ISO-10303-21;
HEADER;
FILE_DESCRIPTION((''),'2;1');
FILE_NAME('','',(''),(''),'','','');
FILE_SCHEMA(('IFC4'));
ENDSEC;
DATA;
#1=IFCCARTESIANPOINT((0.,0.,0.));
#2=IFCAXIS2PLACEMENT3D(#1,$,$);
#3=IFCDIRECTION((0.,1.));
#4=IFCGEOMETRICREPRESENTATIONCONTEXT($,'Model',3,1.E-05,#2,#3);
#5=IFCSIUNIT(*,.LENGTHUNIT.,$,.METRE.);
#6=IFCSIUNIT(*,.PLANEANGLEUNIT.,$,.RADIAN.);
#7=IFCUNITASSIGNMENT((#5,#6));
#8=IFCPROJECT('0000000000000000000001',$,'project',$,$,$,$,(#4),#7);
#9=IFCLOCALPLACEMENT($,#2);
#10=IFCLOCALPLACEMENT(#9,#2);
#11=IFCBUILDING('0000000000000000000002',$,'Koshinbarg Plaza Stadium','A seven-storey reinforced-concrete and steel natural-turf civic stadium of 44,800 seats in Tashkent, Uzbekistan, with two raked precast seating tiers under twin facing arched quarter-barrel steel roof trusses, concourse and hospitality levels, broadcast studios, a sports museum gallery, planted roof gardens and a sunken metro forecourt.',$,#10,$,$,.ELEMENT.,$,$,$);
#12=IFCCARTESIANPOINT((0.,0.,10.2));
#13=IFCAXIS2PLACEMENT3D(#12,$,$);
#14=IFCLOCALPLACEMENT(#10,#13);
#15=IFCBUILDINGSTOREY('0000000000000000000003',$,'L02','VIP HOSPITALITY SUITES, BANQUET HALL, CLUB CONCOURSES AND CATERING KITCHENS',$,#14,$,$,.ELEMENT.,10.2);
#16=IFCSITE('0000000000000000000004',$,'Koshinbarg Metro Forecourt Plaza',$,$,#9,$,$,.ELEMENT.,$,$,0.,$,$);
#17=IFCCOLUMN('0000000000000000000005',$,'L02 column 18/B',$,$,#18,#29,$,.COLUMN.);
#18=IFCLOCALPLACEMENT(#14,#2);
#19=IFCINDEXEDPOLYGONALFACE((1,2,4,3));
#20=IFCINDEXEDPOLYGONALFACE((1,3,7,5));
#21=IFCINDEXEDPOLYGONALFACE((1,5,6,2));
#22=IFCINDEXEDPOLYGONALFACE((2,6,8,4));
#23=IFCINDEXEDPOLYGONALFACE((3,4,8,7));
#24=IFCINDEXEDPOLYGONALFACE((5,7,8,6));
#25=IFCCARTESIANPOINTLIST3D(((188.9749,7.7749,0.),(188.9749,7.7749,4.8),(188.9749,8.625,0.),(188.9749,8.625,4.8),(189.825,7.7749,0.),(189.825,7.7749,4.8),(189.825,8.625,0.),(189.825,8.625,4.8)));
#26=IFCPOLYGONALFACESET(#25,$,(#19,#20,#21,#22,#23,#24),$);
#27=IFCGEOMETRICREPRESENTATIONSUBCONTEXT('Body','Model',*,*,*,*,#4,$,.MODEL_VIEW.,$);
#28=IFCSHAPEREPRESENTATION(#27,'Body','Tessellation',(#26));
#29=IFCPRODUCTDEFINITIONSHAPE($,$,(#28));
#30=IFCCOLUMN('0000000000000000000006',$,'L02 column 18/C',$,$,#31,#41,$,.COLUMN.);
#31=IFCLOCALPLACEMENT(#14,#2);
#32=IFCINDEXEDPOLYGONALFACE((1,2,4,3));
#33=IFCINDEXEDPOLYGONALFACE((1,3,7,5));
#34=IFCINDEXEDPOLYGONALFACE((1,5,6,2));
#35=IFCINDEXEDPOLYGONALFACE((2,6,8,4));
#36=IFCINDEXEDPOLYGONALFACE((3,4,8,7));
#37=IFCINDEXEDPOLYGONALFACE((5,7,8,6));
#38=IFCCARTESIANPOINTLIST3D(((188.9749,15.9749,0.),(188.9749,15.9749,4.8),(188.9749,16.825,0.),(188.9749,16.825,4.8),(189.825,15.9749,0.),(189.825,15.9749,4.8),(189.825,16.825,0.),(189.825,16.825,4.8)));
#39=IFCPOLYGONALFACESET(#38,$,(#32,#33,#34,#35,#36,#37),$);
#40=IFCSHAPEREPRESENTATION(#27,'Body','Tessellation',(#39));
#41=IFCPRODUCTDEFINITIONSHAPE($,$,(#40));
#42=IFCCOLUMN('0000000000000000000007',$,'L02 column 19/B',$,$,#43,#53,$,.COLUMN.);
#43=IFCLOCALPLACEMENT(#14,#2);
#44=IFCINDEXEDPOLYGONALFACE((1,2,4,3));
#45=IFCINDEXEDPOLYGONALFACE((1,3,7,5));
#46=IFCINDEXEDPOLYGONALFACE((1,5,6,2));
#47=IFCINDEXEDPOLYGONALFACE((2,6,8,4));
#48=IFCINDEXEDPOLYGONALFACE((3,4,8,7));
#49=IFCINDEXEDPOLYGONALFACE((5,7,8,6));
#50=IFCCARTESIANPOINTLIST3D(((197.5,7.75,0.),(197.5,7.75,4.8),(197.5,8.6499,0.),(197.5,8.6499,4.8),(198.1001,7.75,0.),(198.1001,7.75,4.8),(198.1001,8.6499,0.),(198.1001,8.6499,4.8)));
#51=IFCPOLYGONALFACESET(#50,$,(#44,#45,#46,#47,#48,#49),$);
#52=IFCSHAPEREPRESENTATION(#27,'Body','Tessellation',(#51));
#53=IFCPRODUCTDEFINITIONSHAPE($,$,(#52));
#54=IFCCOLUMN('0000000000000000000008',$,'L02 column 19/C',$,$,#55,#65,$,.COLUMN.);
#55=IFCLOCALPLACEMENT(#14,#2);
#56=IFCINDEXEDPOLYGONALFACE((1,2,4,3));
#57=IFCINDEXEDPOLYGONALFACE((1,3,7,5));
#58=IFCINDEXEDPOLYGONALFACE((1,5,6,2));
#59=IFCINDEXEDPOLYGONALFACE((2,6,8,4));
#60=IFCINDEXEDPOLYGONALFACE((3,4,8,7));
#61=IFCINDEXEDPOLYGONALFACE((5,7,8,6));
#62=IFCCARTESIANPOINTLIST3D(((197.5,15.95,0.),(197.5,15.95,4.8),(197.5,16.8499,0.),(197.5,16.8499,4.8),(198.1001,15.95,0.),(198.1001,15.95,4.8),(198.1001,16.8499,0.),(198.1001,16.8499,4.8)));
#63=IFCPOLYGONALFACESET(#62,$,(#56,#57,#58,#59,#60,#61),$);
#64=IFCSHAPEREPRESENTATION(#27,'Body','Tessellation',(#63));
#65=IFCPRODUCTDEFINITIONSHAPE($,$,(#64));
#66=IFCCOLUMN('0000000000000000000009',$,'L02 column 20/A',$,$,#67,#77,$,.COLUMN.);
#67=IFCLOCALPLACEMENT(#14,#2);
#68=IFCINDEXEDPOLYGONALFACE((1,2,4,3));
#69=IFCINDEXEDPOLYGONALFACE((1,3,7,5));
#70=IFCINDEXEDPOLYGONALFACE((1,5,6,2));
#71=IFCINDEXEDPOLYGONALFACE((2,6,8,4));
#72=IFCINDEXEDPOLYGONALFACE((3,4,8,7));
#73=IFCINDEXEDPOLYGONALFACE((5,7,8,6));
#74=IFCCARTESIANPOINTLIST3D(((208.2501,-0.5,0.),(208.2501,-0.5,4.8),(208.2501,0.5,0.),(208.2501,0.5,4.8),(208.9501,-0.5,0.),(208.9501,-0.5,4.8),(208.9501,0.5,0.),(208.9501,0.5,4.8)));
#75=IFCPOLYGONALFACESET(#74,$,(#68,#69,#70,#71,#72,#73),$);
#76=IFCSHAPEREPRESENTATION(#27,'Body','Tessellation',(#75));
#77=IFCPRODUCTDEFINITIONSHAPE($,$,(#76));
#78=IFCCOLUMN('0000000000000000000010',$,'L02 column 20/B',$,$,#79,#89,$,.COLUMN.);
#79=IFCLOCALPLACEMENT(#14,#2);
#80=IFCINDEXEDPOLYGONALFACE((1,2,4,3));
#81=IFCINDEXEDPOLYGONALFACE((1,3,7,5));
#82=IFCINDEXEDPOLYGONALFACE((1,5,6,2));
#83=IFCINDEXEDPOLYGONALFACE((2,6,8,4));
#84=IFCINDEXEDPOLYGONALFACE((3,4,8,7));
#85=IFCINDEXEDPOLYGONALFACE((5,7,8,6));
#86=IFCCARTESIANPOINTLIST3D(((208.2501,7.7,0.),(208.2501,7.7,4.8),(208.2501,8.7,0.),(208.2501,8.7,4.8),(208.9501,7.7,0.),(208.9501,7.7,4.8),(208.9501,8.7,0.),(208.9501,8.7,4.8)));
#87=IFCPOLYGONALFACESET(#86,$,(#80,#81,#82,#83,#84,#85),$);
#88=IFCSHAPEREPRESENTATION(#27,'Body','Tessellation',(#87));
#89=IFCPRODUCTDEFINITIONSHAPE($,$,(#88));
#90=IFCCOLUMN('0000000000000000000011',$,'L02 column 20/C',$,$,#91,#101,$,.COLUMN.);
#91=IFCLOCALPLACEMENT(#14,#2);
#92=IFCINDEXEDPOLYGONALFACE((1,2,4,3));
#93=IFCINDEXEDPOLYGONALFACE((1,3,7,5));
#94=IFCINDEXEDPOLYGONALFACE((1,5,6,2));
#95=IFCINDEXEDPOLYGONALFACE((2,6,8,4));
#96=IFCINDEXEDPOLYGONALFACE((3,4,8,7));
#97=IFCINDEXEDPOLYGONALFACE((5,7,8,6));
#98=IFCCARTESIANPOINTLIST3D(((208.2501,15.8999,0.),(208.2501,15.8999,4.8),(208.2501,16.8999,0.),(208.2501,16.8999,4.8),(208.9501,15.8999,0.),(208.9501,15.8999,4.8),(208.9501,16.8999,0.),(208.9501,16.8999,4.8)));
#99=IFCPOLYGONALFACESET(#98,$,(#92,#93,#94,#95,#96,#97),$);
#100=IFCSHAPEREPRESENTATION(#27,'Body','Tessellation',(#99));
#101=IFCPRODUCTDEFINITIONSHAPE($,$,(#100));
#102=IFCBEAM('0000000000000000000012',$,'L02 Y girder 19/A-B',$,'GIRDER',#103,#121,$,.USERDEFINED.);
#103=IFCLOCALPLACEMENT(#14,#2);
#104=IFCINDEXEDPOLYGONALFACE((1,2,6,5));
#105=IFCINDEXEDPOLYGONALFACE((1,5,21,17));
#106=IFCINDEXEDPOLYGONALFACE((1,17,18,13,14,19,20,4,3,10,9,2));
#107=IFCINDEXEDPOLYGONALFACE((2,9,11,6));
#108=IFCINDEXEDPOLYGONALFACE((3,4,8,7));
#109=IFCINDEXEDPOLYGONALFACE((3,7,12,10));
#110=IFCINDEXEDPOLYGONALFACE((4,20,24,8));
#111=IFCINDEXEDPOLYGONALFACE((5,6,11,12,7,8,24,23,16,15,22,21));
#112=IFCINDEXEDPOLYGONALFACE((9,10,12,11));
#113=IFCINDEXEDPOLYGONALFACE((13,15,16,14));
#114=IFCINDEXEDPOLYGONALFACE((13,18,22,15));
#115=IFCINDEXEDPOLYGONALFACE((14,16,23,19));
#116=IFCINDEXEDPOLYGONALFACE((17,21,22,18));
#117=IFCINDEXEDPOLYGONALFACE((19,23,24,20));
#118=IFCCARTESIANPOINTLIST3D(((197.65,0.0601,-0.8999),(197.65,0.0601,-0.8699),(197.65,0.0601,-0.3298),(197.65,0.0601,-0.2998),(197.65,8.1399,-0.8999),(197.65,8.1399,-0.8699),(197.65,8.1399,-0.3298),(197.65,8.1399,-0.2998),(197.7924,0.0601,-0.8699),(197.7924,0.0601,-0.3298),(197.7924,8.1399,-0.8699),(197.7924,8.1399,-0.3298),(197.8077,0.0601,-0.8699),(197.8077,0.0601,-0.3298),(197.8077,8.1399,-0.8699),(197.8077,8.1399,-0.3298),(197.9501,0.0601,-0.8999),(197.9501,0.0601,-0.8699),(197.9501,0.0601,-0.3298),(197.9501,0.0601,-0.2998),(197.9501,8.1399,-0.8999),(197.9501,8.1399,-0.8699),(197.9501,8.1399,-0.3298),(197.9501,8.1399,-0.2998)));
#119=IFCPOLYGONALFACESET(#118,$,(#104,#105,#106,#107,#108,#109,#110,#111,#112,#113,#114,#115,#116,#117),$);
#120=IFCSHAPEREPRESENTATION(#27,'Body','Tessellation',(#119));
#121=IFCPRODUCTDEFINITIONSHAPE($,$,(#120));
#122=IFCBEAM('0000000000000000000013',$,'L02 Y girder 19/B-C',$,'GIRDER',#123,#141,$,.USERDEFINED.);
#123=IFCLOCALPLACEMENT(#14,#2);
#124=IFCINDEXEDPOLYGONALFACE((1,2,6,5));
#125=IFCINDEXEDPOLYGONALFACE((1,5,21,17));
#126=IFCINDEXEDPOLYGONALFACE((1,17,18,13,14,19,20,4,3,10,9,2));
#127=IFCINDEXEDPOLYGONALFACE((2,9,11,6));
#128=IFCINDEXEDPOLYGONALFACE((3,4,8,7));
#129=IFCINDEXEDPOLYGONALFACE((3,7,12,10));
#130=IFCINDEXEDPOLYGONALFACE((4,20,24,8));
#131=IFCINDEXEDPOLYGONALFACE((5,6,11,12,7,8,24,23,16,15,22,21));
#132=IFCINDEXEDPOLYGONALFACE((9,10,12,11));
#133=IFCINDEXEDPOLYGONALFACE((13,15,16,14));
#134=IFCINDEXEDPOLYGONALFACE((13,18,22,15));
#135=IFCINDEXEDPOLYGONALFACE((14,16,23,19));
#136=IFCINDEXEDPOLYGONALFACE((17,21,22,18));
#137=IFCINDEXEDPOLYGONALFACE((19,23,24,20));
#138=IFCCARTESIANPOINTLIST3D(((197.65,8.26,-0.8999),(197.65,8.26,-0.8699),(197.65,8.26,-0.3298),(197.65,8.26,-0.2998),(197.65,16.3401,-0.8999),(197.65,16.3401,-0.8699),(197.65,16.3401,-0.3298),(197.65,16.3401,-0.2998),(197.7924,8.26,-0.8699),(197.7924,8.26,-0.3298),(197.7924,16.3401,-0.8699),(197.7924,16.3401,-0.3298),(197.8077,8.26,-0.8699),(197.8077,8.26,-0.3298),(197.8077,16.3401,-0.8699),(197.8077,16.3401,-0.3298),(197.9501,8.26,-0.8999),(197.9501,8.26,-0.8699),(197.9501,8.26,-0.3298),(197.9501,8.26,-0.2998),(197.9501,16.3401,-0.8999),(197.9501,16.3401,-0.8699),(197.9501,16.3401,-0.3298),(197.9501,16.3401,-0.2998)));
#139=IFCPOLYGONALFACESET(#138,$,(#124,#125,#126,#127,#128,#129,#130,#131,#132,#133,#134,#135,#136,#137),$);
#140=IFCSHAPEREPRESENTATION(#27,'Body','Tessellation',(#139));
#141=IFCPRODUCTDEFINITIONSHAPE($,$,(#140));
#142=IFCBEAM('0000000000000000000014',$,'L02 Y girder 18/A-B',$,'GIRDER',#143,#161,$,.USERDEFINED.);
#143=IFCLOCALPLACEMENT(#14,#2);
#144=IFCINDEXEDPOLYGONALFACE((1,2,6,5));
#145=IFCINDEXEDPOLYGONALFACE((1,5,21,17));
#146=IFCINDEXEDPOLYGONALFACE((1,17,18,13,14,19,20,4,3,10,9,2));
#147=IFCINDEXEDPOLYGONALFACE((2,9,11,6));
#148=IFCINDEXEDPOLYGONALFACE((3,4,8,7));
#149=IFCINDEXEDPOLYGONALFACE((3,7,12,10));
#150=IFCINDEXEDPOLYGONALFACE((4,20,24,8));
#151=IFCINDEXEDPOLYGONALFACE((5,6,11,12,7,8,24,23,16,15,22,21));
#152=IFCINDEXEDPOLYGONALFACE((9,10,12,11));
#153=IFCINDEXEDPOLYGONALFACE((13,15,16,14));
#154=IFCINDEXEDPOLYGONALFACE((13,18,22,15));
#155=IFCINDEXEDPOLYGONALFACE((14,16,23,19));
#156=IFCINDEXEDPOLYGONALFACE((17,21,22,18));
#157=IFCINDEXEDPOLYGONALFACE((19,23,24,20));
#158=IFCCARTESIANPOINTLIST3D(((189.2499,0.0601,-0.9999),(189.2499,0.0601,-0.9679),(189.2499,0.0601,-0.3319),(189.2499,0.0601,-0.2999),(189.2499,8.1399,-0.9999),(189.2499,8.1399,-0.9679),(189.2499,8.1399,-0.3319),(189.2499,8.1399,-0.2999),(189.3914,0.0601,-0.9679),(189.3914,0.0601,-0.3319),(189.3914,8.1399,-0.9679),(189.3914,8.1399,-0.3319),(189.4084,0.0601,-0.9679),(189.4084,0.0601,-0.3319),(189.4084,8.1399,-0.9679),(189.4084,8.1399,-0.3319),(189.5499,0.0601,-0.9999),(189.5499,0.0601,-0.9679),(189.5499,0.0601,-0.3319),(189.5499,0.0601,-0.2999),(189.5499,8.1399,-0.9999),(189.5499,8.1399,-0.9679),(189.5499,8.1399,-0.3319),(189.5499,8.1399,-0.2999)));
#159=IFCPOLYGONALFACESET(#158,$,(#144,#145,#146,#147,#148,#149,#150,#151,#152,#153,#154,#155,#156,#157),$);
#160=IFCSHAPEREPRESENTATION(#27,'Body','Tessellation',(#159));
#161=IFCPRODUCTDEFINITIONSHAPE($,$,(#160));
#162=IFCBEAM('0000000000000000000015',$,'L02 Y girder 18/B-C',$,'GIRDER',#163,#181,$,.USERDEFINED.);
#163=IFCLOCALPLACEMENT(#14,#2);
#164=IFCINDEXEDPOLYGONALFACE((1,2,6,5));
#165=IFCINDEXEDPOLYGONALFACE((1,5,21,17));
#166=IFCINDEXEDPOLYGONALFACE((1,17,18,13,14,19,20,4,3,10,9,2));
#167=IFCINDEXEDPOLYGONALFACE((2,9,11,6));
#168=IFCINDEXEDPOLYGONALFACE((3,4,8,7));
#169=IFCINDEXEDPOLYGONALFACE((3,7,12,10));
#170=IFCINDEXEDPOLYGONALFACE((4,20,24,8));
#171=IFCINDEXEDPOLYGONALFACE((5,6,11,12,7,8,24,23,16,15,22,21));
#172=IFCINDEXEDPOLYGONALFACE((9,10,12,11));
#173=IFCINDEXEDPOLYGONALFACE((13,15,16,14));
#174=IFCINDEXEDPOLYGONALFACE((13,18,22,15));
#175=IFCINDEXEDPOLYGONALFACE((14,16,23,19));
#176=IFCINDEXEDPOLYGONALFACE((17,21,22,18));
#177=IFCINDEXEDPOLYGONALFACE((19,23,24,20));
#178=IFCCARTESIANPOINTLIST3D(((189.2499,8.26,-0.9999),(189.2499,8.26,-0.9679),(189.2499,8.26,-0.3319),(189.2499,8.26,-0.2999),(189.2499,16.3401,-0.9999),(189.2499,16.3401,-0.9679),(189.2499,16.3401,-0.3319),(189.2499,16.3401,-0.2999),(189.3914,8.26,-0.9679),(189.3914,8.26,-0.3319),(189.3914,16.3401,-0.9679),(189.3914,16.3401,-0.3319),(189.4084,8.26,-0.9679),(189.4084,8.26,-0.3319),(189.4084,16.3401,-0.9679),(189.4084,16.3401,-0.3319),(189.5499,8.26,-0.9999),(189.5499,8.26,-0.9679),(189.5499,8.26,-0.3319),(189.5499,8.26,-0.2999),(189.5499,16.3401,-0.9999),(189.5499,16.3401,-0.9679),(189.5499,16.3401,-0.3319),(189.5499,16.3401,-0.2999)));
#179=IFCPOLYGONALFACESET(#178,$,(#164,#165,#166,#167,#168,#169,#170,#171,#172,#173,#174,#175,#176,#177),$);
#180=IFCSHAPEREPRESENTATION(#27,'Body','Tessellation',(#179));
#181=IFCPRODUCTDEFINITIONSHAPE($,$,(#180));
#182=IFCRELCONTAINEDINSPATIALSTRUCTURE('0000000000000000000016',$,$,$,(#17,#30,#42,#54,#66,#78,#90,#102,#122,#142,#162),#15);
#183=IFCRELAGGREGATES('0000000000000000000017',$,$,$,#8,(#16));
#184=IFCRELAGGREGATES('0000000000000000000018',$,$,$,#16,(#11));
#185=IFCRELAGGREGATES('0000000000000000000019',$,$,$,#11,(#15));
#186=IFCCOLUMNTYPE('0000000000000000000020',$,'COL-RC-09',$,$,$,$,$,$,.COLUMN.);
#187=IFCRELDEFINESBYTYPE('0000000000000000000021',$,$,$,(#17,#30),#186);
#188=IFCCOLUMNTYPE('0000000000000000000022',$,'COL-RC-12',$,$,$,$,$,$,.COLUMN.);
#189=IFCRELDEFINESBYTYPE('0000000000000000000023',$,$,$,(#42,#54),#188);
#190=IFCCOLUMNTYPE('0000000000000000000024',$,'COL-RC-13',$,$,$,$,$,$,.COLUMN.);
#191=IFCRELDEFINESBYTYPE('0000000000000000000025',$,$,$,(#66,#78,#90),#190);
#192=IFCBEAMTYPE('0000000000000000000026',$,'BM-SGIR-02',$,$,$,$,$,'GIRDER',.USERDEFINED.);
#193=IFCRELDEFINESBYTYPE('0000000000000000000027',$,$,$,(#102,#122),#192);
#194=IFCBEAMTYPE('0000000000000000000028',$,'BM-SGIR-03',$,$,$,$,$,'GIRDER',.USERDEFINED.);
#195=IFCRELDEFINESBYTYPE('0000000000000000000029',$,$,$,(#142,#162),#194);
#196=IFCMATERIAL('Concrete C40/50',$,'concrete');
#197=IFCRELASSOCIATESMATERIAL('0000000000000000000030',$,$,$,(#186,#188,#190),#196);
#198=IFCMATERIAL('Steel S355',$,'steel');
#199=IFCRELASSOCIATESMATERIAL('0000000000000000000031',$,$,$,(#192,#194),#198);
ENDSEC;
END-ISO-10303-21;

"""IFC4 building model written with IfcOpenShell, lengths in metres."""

from ifc_helpers import new_model, si_unit, direction, frame, origin, origin_2d, place, context, subcontext, project, spatial, rectangle, i_section, extrude, material, material_profile, profile_set, type_object, element, save


model = new_model("IFC4")

# Units and contexts
model_context = context("Model", 3, precision=1e-05, world=origin(), true_north=direction((0.0, 1.0)))
body_context = subcontext(model_context, "Body", "Model", "MODEL_VIEW")
ifc_project = project(units=[si_unit("LENGTHUNIT", "METRE"), si_unit("PLANEANGLEUNIT", "RADIAN")], contexts=[model_context])

# Site, building, storey
site_placement = place(None, origin())
site = spatial("IfcSite", under=ifc_project, at=site_placement, Name="Koshinbarg Metro Forecourt Plaza", CompositionType="ELEMENT", RefElevation=0.0)
building_placement = place(site_placement, origin())
building = spatial("IfcBuilding", under=site, at=building_placement, Name="Koshinbarg Plaza Stadium", Description="A seven-storey reinforced-concrete and steel natural-turf civic stadium of 44,800 seats in Tashkent, Uzbekistan, with two raked precast seating tiers under twin facing arched quarter-barrel steel roof trusses, concourse and hospitality levels, broadcast studios, a sports museum gallery, planted roof gardens and a sunken metro forecourt.", CompositionType="ELEMENT")
storey_placement = place(building_placement, frame((0.0, 0.0, 10.2)))
storey = spatial("IfcBuildingStorey", under=building, at=storey_placement, Name="L02", Description="VIP HOSPITALITY SUITES, BANQUET HALL, CLUB CONCOURSES AND CATERING KITCHENS", CompositionType="ELEMENT", Elevation=10.2)

# Columns
ifc_material_1 = material(Name="Concrete C40/50", Category="concrete")
ifc_material_profile_1 = material_profile(ifc_material_1, rectangle(XDim=0.8501, YDim=0.8501, at=origin_2d()), Name="RC 850x850")
ifc_profile_set_1 = profile_set([ifc_material_profile_1], Name="Concrete C40/50")
column_type_1 = type_object("IfcColumnType", Name="COL-RC-09", PredefinedType="COLUMN", material=ifc_profile_set_1)
for number, where, z_axis, x_axis, name in (
    (1, (189.3999, 8.2, 0.0), (0.0, 0.0, 1.0), (1.0, 0.0, 0.0), "L02 column 18/B"),
    (2, (189.3999, 16.3999, 0.0), (0.0, 0.0, 1.0), (1.0, 0.0, 0.0), "L02 column 18/C"),
):
    element("IfcColumn", number, at=place(storey_placement, frame(where, z_axis=z_axis, x_axis=x_axis)), inside=storey, type_object=column_type_1, Name=name, PredefinedType="COLUMN", context=body_context, shape_type="SweptSolid", body=[
        extrude(rectangle(XDim=0.8501, YDim=0.8501, at=origin_2d()), origin(), (0.0, 0.0, 1.0), 4.8),
    ])
ifc_material_profile_2 = material_profile(ifc_material_1, rectangle(XDim=0.6001, YDim=0.8999, at=origin_2d()), Name="RC 600x900")
ifc_profile_set_2 = profile_set([ifc_material_profile_2], Name="Concrete C40/50")
column_type_2 = type_object("IfcColumnType", Name="COL-RC-12", PredefinedType="COLUMN", material=ifc_profile_set_2)
for number, where, z_axis, x_axis, name in (
    (3, (197.8, 8.2, 0.0), (0.0, 0.0, 1.0), (1.0, 0.0, 0.0), "L02 column 19/B"),
    (4, (197.8, 16.3999, 0.0), (0.0, 0.0, 1.0), (1.0, 0.0, 0.0), "L02 column 19/C"),
):
    element("IfcColumn", number, at=place(storey_placement, frame(where, z_axis=z_axis, x_axis=x_axis)), inside=storey, type_object=column_type_2, Name=name, PredefinedType="COLUMN", context=body_context, shape_type="SweptSolid", body=[
        extrude(rectangle(XDim=0.6001, YDim=0.8999, at=origin_2d()), origin(), (0.0, 0.0, 1.0), 4.8),
    ])
ifc_material_profile_3 = material_profile(ifc_material_1, rectangle(XDim=0.7, YDim=1.0, at=origin_2d()), Name="RC 700x1000")
ifc_profile_set_3 = profile_set([ifc_material_profile_3], Name="Concrete C40/50")
column_type_3 = type_object("IfcColumnType", Name="COL-RC-13", PredefinedType="COLUMN", material=ifc_profile_set_3)
for number, where, z_axis, x_axis, name in (
    (5, (208.6001, 0.0, 0.0), (0.0, 0.0, 1.0), (1.0, 0.0, 0.0), "L02 column 20/A"),
    (6, (208.6001, 8.2, 0.0), (0.0, 0.0, 1.0), (1.0, 0.0, 0.0), "L02 column 20/B"),
    (7, (208.6001, 16.3999, 0.0), (0.0, 0.0, 1.0), (1.0, 0.0, 0.0), "L02 column 20/C"),
):
    element("IfcColumn", number, at=place(storey_placement, frame(where, z_axis=z_axis, x_axis=x_axis)), inside=storey, type_object=column_type_3, Name=name, PredefinedType="COLUMN", context=body_context, shape_type="SweptSolid", body=[
        extrude(rectangle(XDim=0.7, YDim=1.0, at=origin_2d()), origin(), (0.0, 0.0, 1.0), 4.8),
    ])

# Beams
ifc_material_2 = material(Name="Steel S355", Category="steel")
ifc_material_profile_4 = material_profile(ifc_material_2, i_section(OverallWidth=0.3, OverallDepth=0.6001, WebThickness=0.0154, FlangeThickness=0.03, at=origin_2d()), Name="HEB 600")
ifc_profile_set_4 = profile_set([ifc_material_profile_4], Name="Steel S355")
beam_type_1 = type_object("IfcBeamType", Name="BM-SGIR-02", ElementType="GIRDER", PredefinedType="USERDEFINED", material=ifc_profile_set_4)
beam_1_placement = place(storey_placement, frame((197.8, 0.0601, -0.5999), z_axis=(0.0, 1.0, 0.0), x_axis=(-1.0, 0.0, 0.0)))
element("IfcBeam", 8, at=beam_1_placement, inside=storey, type_object=beam_type_1, Name="L02 Y girder 19/A-B", ObjectType="GIRDER", PredefinedType="USERDEFINED", context=body_context, shape_type="SweptSolid", body=[
    extrude(i_section(OverallWidth=0.3, OverallDepth=0.6001, WebThickness=0.0154, FlangeThickness=0.03, at=origin_2d()), origin(), (0.0, 0.0, 1.0), 8.0798),
])
beam_2_placement = place(storey_placement, frame((197.8, 8.26, -0.5999), z_axis=(0.0, 1.0, 0.0), x_axis=(-1.0, 0.0, 0.0)))
element("IfcBeam", 9, at=beam_2_placement, inside=storey, type_object=beam_type_1, Name="L02 Y girder 19/B-C", ObjectType="GIRDER", PredefinedType="USERDEFINED", context=body_context, shape_type="SweptSolid", body=[
    extrude(i_section(OverallWidth=0.3, OverallDepth=0.6001, WebThickness=0.0154, FlangeThickness=0.03, at=origin_2d()), origin(), (0.0, 0.0, 1.0), 8.0801),
])
ifc_material_profile_5 = material_profile(ifc_material_2, i_section(OverallWidth=0.3, OverallDepth=0.7, WebThickness=0.0171, FlangeThickness=0.032, at=origin_2d()), Name="HEB 700")
ifc_profile_set_5 = profile_set([ifc_material_profile_5], Name="Steel S355")
beam_type_2 = type_object("IfcBeamType", Name="BM-SGIR-03", ElementType="GIRDER", PredefinedType="USERDEFINED", material=ifc_profile_set_5)
beam_3_placement = place(storey_placement, frame((189.3999, 0.0601, -0.6499), z_axis=(0.0, 1.0, 0.0), x_axis=(-1.0, 0.0, 0.0)))
element("IfcBeam", 10, at=beam_3_placement, inside=storey, type_object=beam_type_2, Name="L02 Y girder 18/A-B", ObjectType="GIRDER", PredefinedType="USERDEFINED", context=body_context, shape_type="SweptSolid", body=[
    extrude(i_section(OverallWidth=0.3, OverallDepth=0.7, WebThickness=0.0171, FlangeThickness=0.032, at=origin_2d()), origin(), (0.0, 0.0, 1.0), 8.0798),
])
beam_4_placement = place(storey_placement, frame((189.3999, 8.26, -0.6499), z_axis=(0.0, 1.0, 0.0), x_axis=(-1.0, 0.0, 0.0)))
element("IfcBeam", 11, at=beam_4_placement, inside=storey, type_object=beam_type_2, Name="L02 Y girder 18/B-C", ObjectType="GIRDER", PredefinedType="USERDEFINED", context=body_context, shape_type="SweptSolid", body=[
    extrude(i_section(OverallWidth=0.3, OverallDepth=0.7, WebThickness=0.0171, FlangeThickness=0.032, at=origin_2d()), origin(), (0.0, 0.0, 1.0), 8.0801),
])

save(model, "model.ifc")
